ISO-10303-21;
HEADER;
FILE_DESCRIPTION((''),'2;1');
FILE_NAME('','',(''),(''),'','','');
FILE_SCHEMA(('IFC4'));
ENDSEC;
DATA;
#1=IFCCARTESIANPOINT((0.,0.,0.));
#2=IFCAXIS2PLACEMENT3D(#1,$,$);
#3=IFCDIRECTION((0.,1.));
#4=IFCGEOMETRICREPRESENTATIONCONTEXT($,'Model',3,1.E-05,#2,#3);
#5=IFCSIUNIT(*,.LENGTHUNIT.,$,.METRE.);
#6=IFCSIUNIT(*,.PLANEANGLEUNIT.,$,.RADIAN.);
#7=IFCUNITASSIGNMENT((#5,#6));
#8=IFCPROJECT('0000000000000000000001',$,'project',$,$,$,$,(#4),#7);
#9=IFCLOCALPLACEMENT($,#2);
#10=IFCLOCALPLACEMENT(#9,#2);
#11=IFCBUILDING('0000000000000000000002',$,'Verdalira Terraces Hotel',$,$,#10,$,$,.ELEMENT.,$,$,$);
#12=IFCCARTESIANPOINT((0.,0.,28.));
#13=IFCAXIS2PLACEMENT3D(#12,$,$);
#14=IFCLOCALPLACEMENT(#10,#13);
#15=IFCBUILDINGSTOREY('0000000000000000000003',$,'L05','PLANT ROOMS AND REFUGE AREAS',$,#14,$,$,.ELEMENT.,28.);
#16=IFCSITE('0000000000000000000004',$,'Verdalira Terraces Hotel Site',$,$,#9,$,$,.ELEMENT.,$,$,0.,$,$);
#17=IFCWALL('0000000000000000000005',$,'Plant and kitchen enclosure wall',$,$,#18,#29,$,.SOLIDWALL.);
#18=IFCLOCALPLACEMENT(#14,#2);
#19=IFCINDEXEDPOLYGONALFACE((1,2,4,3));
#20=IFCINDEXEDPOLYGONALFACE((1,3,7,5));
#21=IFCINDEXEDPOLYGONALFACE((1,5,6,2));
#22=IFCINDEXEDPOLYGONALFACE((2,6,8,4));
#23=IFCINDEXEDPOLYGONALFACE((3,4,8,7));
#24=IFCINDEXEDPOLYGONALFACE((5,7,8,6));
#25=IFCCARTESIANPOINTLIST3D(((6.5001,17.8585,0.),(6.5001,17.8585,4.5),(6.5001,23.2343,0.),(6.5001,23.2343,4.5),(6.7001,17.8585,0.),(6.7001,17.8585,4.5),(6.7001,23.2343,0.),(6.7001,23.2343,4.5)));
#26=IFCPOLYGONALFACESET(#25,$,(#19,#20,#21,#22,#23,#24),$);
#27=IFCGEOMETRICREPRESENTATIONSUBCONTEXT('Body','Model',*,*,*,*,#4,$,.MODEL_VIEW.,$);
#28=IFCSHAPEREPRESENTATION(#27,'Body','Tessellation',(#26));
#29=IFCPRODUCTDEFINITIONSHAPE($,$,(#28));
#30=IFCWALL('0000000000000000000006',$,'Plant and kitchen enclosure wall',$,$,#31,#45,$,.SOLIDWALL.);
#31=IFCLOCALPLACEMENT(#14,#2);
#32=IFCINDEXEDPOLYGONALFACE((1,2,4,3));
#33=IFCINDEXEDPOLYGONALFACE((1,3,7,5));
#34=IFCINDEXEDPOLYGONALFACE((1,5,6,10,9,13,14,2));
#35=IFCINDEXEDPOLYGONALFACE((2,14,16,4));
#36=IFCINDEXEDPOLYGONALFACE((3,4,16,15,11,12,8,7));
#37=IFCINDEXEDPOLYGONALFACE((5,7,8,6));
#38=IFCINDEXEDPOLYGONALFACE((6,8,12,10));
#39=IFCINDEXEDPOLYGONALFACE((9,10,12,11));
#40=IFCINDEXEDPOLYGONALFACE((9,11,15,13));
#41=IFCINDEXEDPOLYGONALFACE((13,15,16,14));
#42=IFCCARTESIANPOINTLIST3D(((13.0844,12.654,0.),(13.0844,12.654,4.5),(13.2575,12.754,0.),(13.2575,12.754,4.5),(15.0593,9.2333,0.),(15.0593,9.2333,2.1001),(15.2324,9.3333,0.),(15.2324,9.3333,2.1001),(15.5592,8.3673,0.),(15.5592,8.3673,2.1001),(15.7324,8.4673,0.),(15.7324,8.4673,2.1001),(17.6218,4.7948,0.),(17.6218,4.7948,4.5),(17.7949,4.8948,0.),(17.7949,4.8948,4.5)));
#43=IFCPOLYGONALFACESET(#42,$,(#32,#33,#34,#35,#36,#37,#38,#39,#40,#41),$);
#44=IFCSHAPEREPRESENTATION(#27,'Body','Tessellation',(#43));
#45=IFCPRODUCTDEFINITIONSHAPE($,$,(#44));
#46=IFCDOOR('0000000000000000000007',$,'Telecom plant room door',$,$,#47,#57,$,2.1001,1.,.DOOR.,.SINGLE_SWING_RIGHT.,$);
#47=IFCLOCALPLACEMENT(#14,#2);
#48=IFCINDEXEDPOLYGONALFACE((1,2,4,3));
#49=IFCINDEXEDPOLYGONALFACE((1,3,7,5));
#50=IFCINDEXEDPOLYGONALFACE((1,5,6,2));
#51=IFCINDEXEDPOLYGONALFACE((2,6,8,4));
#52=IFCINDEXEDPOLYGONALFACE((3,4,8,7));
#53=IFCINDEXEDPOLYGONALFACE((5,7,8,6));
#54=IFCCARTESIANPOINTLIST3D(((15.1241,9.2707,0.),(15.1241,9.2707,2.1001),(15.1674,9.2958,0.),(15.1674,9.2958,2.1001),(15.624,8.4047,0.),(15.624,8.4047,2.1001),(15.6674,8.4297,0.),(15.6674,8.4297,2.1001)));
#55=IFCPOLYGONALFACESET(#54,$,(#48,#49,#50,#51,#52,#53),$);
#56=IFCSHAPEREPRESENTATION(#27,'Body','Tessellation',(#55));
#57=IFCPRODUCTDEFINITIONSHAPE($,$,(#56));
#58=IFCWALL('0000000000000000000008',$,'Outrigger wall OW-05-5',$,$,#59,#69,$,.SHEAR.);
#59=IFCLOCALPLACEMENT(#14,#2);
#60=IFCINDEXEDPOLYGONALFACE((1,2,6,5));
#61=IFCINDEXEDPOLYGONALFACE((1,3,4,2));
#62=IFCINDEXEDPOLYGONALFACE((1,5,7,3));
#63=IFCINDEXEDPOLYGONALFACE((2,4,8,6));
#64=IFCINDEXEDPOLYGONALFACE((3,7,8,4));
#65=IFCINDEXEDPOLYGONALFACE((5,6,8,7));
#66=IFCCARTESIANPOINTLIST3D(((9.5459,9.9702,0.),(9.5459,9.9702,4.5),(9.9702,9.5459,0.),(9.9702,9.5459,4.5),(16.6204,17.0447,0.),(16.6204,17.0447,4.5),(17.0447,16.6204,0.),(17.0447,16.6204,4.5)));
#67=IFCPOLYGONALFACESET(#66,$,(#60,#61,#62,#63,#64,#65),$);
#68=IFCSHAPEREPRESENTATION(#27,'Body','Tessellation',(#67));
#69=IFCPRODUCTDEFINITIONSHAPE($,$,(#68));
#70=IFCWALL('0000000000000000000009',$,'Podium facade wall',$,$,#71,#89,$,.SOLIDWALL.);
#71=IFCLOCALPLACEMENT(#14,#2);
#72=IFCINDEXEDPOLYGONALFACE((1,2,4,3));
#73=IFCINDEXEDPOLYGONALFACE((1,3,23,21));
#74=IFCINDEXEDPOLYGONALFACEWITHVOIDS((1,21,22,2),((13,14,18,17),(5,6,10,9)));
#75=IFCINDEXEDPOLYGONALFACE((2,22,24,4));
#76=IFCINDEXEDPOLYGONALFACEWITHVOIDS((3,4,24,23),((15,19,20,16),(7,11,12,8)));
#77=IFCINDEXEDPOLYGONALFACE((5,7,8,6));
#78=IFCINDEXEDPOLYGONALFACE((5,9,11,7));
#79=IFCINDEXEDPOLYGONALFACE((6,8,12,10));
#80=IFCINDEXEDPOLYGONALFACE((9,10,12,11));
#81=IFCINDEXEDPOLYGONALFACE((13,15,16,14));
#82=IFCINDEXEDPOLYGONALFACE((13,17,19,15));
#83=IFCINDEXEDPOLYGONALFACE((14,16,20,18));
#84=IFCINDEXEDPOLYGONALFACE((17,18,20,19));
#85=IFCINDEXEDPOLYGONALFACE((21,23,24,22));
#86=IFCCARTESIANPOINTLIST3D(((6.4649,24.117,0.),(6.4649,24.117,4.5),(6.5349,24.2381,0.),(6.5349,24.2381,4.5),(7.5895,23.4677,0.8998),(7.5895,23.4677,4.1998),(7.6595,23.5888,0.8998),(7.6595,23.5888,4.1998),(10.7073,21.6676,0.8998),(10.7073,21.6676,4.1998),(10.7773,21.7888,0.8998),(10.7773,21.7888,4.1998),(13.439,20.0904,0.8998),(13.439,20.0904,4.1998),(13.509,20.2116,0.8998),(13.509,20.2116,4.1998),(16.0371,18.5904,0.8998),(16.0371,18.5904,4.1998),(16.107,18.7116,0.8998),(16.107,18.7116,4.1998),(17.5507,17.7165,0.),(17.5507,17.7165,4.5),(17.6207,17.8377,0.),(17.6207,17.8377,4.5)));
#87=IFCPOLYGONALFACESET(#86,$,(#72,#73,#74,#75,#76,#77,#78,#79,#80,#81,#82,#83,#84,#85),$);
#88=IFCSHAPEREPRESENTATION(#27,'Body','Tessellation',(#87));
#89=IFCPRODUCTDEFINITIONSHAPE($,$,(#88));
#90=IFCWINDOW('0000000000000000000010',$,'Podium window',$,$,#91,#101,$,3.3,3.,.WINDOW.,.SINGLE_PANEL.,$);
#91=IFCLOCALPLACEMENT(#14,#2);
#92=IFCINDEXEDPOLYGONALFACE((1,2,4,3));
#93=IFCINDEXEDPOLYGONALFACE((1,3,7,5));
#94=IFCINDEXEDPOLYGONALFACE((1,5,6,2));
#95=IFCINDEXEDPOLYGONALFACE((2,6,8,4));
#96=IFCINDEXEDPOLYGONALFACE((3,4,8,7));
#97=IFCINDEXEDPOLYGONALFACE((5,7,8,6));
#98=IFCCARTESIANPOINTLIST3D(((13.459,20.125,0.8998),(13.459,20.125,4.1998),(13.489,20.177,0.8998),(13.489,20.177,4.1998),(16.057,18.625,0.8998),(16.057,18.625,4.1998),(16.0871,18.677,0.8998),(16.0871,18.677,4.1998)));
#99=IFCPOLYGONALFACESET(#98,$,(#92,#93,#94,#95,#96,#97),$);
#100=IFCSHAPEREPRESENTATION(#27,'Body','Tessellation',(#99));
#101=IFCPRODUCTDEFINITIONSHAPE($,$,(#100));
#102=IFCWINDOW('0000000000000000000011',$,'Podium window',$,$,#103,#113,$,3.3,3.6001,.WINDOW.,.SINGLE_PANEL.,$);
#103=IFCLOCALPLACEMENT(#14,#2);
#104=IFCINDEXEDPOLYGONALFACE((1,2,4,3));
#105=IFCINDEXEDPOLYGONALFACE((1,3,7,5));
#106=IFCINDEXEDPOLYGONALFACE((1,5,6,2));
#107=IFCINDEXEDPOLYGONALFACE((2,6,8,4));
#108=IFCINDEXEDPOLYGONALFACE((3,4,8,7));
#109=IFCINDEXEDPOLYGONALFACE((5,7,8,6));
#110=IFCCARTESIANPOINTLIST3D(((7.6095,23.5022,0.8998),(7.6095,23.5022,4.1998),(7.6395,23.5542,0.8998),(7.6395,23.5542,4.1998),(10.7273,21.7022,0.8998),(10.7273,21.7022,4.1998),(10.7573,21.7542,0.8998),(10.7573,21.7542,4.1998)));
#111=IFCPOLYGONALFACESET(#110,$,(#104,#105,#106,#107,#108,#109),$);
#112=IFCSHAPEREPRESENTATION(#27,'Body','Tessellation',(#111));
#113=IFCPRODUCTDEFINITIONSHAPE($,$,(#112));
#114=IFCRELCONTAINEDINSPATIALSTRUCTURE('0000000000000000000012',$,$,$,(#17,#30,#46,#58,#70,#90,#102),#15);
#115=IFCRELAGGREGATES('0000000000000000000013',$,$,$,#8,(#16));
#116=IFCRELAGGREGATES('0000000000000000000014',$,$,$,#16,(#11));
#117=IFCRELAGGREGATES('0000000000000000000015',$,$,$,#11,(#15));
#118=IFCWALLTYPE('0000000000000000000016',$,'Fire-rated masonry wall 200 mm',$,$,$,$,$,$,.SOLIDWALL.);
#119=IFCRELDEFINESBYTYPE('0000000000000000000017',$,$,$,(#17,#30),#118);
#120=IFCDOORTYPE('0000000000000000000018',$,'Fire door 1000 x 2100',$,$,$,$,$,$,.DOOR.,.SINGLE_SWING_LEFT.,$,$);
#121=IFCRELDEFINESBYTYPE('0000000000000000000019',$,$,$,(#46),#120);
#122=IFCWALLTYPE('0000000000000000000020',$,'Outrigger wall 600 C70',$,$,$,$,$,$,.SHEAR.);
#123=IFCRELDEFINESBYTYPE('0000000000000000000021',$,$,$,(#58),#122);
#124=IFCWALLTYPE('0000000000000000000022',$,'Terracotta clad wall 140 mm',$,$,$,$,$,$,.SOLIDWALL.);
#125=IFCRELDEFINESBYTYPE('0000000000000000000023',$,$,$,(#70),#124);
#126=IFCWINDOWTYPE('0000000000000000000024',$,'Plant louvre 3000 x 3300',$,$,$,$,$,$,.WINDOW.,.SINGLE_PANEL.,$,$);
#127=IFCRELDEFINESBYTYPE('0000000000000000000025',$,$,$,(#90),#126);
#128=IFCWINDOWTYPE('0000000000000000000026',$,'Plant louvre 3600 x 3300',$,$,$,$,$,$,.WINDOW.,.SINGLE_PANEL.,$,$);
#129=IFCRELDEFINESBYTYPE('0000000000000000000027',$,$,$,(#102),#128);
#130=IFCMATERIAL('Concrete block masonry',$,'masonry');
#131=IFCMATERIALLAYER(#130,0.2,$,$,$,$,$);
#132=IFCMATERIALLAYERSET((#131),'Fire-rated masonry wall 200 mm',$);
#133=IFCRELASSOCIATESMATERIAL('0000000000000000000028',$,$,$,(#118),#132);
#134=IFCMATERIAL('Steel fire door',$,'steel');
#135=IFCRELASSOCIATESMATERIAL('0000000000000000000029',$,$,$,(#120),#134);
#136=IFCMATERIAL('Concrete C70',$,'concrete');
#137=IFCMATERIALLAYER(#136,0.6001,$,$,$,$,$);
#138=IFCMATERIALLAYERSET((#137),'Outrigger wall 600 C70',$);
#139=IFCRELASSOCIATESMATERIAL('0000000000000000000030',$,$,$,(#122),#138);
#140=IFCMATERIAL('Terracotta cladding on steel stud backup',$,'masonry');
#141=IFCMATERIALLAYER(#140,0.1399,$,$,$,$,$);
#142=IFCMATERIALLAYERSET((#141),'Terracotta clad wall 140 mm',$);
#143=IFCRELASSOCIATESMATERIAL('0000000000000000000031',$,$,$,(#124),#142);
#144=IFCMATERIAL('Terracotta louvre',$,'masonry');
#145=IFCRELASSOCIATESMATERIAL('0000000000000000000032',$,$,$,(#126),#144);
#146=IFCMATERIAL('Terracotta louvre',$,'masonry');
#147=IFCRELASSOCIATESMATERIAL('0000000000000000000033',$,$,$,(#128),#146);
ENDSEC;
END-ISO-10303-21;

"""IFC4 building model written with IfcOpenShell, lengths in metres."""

from ifc_helpers import new_model, si_unit, direction, frame, frame_2d, origin, place, context, subcontext, project, spatial, rectangle, extrude, material, layer, layer_set, type_object, element, fill, save


model = new_model("IFC4")

# Units and contexts
model_context = context("Model", 3, precision=1e-05, world=origin(), true_north=direction((0.0, 1.0)))
body_context = subcontext(model_context, "Body", "Model", "MODEL_VIEW")
ifc_project = project(units=[si_unit("LENGTHUNIT", "METRE"), si_unit("PLANEANGLEUNIT", "RADIAN")], contexts=[model_context])

# Site, building, storey
site_placement = place(None, origin())
site = spatial("IfcSite", under=ifc_project, at=site_placement, Name="Verdalira Terraces Hotel Site", CompositionType="ELEMENT", RefElevation=0.0)
building_placement = place(site_placement, origin())
building = spatial("IfcBuilding", under=site, at=building_placement, Name="Verdalira Terraces Hotel", CompositionType="ELEMENT")
storey_placement = place(building_placement, frame((0.0, 0.0, 28.0)))
storey = spatial("IfcBuildingStorey", under=building, at=storey_placement, Name="L05", Description="PLANT ROOMS AND REFUGE AREAS", CompositionType="ELEMENT", Elevation=28.0)

# Shared definitions
ifc_material_1 = material(Name="Concrete block masonry", Category="masonry")
ifc_layer_1 = layer(ifc_material_1, 0.2)
ifc_layer_set_1 = layer_set([ifc_layer_1], Name="Fire-rated masonry wall 200 mm")
wall_type_1 = type_object("IfcWallType", Name="Fire-rated masonry wall 200 mm", PredefinedType="SOLIDWALL", material=ifc_layer_set_1)
ifc_material_2 = material(Name="Steel fire door", Category="steel")
door_type_1 = type_object("IfcDoorType", Name="Fire door 1000 x 2100", OperationType="SINGLE_SWING_LEFT", PredefinedType="DOOR", material=ifc_material_2)

# Wall
wall_1_placement = place(storey_placement, frame((6.6001, 17.8584, 0.0), z_axis=(0.0, 0.0, 1.0), x_axis=(0.0, 1.0, 0.0)))
element("IfcWall", 1, at=wall_1_placement, inside=storey, type_object=wall_type_1, Name="Plant and kitchen enclosure wall", PredefinedType="SOLIDWALL", context=body_context, shape_type="SweptSolid", body=[
    extrude(rectangle(XDim=5.3757, YDim=0.2, at=frame_2d((2.688, 0.0))), origin(), (0.0, 0.0, 1.0), 4.5),
])

# Wall, opening, door
wall_2_placement = place(storey_placement, frame((13.1709, 12.7041, 0.0), z_axis=(0.0, 0.0, 1.0), x_axis=(0.49999, -0.866031, 0.0)))
wall_2 = element("IfcWall", 2, at=wall_2_placement, inside=storey, type_object=wall_type_1, Name="Plant and kitchen enclosure wall", PredefinedType="SOLIDWALL", context=body_context, shape_type="SweptSolid", body=[
    extrude(rectangle(XDim=9.075, YDim=0.2, at=frame_2d((4.5376, 0.0))), origin(), (0.0, 0.0, 1.0), 4.5),
])
opening_1_placement = place(wall_2_placement, frame((3.95, 0.0, 0.0)))
opening_1 = element("IfcOpeningElement", 3, at=opening_1_placement, cuts=wall_2, PredefinedType="OPENING", context=body_context, shape_type="SweptSolid", body=[
    extrude(rectangle(XDim=1.0, YDim=2.1001, at=frame_2d((0.5, 1.05))), frame((0.0, 0.1099, 0.0), z_axis=(0.0, -1.0, 0.0), x_axis=(1.0, 0.0, 0.0)), (0.0, 0.0, 1.0), 0.22),
])
door_1_placement = place(opening_1_placement, origin())
door_1 = element("IfcDoor", 4, at=door_1_placement, inside=storey, type_object=door_type_1, Name="Telecom plant room door", OperationType="SINGLE_SWING_RIGHT", OverallHeight=2.1001, OverallWidth=1.0, PredefinedType="DOOR", context=body_context, shape_type="SweptSolid", body=[
    extrude(rectangle(XDim=1.0, YDim=2.1001, at=frame_2d((0.5, 1.05))), frame((0.0, 0.0249, 0.0), z_axis=(0.0, -1.0, 0.0), x_axis=(1.0, 0.0, 0.0)), (0.0, 0.0, 1.0), 0.05),
])
fill(opening_1, door_1)

# Wall
ifc_material_3 = material(Name="Concrete C70", Category="concrete")
ifc_layer_2 = layer(ifc_material_3, 0.6001)
ifc_layer_set_2 = layer_set([ifc_layer_2], Name="Outrigger wall 600 C70")
wall_type_2 = type_object("IfcWallType", Name="Outrigger wall 600 C70", PredefinedType="SHEAR", material=ifc_layer_set_2)
wall_3_placement = place(storey_placement, frame((9.7581, 9.7581, 0.0), z_axis=(0.0, 0.0, 1.0), x_axis=(0.707107, 0.707107, 0.0)))
element("IfcWall", 5, at=wall_3_placement, inside=storey, type_object=wall_type_2, Name="Outrigger wall OW-05-5", PredefinedType="SHEAR", context=body_context, shape_type="SweptSolid", body=[
    extrude(rectangle(XDim=10.0049, YDim=0.6001, at=frame_2d((5.0024, 0.0))), origin(), (0.0, 0.0, 1.0), 4.5),
])

# Wall, openings, windows
ifc_material_4 = material(Name="Terracotta cladding on steel stud backup", Category="masonry")
ifc_layer_3 = layer(ifc_material_4, 0.1399)
ifc_layer_set_3 = layer_set([ifc_layer_3], Name="Terracotta clad wall 140 mm")
wall_type_3 = type_object("IfcWallType", Name="Terracotta clad wall 140 mm", PredefinedType="SOLIDWALL", material=ifc_layer_set_3)
wall_4_placement = place(storey_placement, frame((17.5857, 17.7771, 0.0), z_axis=(0.0, 0.0, 1.0), x_axis=(-0.866023, 0.500004, 0.0)))
wall_4 = element("IfcWall", 6, at=wall_4_placement, inside=storey, type_object=wall_type_3, Name="Podium facade wall", PredefinedType="SOLIDWALL", context=body_context, shape_type="SweptSolid", body=[
    extrude(rectangle(XDim=12.8008, YDim=0.1399, at=frame_2d((6.4004, 0.0))), origin(), (0.0, 0.0, 1.0), 4.5),
])
opening_2_placement = place(wall_4_placement, frame((1.7478, 0.0, 0.8999)))
opening_2 = element("IfcOpeningElement", 7, at=opening_2_placement, cuts=wall_4, PredefinedType="OPENING", context=body_context, shape_type="SweptSolid", body=[
    extrude(rectangle(XDim=3.0, YDim=3.3, at=frame_2d((1.5, 1.6499))), frame((0.0, 0.0798, 0.0), z_axis=(0.0, -1.0, 0.0), x_axis=(1.0, 0.0, 0.0)), (0.0, 0.0, 1.0), 0.1599),
])
opening_3_placement = place(wall_4_placement, frame((7.9021, 0.0, 0.8999)))
opening_3 = element("IfcOpeningElement", 8, at=opening_3_placement, cuts=wall_4, PredefinedType="OPENING", context=body_context, shape_type="SweptSolid", body=[
    extrude(rectangle(XDim=3.6001, YDim=3.3, at=frame_2d((1.8, 1.6499))), frame((0.0, 0.0798, 0.0), z_axis=(0.0, -1.0, 0.0), x_axis=(1.0, 0.0, 0.0)), (0.0, 0.0, 1.0), 0.1599),
])
ifc_material_5 = material(Name="Terracotta louvre", Category="masonry")
window_type_1 = type_object("IfcWindowType", Name="Plant louvre 3000 x 3300", PartitioningType="SINGLE_PANEL", PredefinedType="WINDOW", material=ifc_material_5)
window_1_placement = place(opening_2_placement, origin())
window_1 = element("IfcWindow", 9, at=window_1_placement, inside=storey, type_object=window_type_1, Name="Podium window", OverallHeight=3.3, OverallWidth=3.0, PartitioningType="SINGLE_PANEL", PredefinedType="WINDOW", context=body_context, shape_type="SweptSolid", body=[
    extrude(rectangle(XDim=3.0, YDim=3.3, at=frame_2d((1.5, 1.6499))), frame((0.0, 0.03, 0.0), z_axis=(0.0, -1.0, 0.0), x_axis=(1.0, 0.0, 0.0)), (0.0, 0.0, 1.0), 0.0601),
])
fill(opening_2, window_1)
ifc_material_6 = material(Name="Terracotta louvre", Category="masonry")
window_type_2 = type_object("IfcWindowType", Name="Plant louvre 3600 x 3300", PartitioningType="SINGLE_PANEL", PredefinedType="WINDOW", material=ifc_material_6)
window_2_placement = place(opening_3_placement, origin())
window_2 = element("IfcWindow", 10, at=window_2_placement, inside=storey, type_object=window_type_2, Name="Podium window", OverallHeight=3.3, OverallWidth=3.6001, PartitioningType="SINGLE_PANEL", PredefinedType="WINDOW", context=body_context, shape_type="SweptSolid", body=[
    extrude(rectangle(XDim=3.6001, YDim=3.3, at=frame_2d((1.8, 1.6499))), frame((0.0, 0.03, 0.0), z_axis=(0.0, -1.0, 0.0), x_axis=(1.0, 0.0, 0.0)), (0.0, 0.0, 1.0), 0.0601),
])
fill(opening_3, window_2)

save(model, "model.ifc")
